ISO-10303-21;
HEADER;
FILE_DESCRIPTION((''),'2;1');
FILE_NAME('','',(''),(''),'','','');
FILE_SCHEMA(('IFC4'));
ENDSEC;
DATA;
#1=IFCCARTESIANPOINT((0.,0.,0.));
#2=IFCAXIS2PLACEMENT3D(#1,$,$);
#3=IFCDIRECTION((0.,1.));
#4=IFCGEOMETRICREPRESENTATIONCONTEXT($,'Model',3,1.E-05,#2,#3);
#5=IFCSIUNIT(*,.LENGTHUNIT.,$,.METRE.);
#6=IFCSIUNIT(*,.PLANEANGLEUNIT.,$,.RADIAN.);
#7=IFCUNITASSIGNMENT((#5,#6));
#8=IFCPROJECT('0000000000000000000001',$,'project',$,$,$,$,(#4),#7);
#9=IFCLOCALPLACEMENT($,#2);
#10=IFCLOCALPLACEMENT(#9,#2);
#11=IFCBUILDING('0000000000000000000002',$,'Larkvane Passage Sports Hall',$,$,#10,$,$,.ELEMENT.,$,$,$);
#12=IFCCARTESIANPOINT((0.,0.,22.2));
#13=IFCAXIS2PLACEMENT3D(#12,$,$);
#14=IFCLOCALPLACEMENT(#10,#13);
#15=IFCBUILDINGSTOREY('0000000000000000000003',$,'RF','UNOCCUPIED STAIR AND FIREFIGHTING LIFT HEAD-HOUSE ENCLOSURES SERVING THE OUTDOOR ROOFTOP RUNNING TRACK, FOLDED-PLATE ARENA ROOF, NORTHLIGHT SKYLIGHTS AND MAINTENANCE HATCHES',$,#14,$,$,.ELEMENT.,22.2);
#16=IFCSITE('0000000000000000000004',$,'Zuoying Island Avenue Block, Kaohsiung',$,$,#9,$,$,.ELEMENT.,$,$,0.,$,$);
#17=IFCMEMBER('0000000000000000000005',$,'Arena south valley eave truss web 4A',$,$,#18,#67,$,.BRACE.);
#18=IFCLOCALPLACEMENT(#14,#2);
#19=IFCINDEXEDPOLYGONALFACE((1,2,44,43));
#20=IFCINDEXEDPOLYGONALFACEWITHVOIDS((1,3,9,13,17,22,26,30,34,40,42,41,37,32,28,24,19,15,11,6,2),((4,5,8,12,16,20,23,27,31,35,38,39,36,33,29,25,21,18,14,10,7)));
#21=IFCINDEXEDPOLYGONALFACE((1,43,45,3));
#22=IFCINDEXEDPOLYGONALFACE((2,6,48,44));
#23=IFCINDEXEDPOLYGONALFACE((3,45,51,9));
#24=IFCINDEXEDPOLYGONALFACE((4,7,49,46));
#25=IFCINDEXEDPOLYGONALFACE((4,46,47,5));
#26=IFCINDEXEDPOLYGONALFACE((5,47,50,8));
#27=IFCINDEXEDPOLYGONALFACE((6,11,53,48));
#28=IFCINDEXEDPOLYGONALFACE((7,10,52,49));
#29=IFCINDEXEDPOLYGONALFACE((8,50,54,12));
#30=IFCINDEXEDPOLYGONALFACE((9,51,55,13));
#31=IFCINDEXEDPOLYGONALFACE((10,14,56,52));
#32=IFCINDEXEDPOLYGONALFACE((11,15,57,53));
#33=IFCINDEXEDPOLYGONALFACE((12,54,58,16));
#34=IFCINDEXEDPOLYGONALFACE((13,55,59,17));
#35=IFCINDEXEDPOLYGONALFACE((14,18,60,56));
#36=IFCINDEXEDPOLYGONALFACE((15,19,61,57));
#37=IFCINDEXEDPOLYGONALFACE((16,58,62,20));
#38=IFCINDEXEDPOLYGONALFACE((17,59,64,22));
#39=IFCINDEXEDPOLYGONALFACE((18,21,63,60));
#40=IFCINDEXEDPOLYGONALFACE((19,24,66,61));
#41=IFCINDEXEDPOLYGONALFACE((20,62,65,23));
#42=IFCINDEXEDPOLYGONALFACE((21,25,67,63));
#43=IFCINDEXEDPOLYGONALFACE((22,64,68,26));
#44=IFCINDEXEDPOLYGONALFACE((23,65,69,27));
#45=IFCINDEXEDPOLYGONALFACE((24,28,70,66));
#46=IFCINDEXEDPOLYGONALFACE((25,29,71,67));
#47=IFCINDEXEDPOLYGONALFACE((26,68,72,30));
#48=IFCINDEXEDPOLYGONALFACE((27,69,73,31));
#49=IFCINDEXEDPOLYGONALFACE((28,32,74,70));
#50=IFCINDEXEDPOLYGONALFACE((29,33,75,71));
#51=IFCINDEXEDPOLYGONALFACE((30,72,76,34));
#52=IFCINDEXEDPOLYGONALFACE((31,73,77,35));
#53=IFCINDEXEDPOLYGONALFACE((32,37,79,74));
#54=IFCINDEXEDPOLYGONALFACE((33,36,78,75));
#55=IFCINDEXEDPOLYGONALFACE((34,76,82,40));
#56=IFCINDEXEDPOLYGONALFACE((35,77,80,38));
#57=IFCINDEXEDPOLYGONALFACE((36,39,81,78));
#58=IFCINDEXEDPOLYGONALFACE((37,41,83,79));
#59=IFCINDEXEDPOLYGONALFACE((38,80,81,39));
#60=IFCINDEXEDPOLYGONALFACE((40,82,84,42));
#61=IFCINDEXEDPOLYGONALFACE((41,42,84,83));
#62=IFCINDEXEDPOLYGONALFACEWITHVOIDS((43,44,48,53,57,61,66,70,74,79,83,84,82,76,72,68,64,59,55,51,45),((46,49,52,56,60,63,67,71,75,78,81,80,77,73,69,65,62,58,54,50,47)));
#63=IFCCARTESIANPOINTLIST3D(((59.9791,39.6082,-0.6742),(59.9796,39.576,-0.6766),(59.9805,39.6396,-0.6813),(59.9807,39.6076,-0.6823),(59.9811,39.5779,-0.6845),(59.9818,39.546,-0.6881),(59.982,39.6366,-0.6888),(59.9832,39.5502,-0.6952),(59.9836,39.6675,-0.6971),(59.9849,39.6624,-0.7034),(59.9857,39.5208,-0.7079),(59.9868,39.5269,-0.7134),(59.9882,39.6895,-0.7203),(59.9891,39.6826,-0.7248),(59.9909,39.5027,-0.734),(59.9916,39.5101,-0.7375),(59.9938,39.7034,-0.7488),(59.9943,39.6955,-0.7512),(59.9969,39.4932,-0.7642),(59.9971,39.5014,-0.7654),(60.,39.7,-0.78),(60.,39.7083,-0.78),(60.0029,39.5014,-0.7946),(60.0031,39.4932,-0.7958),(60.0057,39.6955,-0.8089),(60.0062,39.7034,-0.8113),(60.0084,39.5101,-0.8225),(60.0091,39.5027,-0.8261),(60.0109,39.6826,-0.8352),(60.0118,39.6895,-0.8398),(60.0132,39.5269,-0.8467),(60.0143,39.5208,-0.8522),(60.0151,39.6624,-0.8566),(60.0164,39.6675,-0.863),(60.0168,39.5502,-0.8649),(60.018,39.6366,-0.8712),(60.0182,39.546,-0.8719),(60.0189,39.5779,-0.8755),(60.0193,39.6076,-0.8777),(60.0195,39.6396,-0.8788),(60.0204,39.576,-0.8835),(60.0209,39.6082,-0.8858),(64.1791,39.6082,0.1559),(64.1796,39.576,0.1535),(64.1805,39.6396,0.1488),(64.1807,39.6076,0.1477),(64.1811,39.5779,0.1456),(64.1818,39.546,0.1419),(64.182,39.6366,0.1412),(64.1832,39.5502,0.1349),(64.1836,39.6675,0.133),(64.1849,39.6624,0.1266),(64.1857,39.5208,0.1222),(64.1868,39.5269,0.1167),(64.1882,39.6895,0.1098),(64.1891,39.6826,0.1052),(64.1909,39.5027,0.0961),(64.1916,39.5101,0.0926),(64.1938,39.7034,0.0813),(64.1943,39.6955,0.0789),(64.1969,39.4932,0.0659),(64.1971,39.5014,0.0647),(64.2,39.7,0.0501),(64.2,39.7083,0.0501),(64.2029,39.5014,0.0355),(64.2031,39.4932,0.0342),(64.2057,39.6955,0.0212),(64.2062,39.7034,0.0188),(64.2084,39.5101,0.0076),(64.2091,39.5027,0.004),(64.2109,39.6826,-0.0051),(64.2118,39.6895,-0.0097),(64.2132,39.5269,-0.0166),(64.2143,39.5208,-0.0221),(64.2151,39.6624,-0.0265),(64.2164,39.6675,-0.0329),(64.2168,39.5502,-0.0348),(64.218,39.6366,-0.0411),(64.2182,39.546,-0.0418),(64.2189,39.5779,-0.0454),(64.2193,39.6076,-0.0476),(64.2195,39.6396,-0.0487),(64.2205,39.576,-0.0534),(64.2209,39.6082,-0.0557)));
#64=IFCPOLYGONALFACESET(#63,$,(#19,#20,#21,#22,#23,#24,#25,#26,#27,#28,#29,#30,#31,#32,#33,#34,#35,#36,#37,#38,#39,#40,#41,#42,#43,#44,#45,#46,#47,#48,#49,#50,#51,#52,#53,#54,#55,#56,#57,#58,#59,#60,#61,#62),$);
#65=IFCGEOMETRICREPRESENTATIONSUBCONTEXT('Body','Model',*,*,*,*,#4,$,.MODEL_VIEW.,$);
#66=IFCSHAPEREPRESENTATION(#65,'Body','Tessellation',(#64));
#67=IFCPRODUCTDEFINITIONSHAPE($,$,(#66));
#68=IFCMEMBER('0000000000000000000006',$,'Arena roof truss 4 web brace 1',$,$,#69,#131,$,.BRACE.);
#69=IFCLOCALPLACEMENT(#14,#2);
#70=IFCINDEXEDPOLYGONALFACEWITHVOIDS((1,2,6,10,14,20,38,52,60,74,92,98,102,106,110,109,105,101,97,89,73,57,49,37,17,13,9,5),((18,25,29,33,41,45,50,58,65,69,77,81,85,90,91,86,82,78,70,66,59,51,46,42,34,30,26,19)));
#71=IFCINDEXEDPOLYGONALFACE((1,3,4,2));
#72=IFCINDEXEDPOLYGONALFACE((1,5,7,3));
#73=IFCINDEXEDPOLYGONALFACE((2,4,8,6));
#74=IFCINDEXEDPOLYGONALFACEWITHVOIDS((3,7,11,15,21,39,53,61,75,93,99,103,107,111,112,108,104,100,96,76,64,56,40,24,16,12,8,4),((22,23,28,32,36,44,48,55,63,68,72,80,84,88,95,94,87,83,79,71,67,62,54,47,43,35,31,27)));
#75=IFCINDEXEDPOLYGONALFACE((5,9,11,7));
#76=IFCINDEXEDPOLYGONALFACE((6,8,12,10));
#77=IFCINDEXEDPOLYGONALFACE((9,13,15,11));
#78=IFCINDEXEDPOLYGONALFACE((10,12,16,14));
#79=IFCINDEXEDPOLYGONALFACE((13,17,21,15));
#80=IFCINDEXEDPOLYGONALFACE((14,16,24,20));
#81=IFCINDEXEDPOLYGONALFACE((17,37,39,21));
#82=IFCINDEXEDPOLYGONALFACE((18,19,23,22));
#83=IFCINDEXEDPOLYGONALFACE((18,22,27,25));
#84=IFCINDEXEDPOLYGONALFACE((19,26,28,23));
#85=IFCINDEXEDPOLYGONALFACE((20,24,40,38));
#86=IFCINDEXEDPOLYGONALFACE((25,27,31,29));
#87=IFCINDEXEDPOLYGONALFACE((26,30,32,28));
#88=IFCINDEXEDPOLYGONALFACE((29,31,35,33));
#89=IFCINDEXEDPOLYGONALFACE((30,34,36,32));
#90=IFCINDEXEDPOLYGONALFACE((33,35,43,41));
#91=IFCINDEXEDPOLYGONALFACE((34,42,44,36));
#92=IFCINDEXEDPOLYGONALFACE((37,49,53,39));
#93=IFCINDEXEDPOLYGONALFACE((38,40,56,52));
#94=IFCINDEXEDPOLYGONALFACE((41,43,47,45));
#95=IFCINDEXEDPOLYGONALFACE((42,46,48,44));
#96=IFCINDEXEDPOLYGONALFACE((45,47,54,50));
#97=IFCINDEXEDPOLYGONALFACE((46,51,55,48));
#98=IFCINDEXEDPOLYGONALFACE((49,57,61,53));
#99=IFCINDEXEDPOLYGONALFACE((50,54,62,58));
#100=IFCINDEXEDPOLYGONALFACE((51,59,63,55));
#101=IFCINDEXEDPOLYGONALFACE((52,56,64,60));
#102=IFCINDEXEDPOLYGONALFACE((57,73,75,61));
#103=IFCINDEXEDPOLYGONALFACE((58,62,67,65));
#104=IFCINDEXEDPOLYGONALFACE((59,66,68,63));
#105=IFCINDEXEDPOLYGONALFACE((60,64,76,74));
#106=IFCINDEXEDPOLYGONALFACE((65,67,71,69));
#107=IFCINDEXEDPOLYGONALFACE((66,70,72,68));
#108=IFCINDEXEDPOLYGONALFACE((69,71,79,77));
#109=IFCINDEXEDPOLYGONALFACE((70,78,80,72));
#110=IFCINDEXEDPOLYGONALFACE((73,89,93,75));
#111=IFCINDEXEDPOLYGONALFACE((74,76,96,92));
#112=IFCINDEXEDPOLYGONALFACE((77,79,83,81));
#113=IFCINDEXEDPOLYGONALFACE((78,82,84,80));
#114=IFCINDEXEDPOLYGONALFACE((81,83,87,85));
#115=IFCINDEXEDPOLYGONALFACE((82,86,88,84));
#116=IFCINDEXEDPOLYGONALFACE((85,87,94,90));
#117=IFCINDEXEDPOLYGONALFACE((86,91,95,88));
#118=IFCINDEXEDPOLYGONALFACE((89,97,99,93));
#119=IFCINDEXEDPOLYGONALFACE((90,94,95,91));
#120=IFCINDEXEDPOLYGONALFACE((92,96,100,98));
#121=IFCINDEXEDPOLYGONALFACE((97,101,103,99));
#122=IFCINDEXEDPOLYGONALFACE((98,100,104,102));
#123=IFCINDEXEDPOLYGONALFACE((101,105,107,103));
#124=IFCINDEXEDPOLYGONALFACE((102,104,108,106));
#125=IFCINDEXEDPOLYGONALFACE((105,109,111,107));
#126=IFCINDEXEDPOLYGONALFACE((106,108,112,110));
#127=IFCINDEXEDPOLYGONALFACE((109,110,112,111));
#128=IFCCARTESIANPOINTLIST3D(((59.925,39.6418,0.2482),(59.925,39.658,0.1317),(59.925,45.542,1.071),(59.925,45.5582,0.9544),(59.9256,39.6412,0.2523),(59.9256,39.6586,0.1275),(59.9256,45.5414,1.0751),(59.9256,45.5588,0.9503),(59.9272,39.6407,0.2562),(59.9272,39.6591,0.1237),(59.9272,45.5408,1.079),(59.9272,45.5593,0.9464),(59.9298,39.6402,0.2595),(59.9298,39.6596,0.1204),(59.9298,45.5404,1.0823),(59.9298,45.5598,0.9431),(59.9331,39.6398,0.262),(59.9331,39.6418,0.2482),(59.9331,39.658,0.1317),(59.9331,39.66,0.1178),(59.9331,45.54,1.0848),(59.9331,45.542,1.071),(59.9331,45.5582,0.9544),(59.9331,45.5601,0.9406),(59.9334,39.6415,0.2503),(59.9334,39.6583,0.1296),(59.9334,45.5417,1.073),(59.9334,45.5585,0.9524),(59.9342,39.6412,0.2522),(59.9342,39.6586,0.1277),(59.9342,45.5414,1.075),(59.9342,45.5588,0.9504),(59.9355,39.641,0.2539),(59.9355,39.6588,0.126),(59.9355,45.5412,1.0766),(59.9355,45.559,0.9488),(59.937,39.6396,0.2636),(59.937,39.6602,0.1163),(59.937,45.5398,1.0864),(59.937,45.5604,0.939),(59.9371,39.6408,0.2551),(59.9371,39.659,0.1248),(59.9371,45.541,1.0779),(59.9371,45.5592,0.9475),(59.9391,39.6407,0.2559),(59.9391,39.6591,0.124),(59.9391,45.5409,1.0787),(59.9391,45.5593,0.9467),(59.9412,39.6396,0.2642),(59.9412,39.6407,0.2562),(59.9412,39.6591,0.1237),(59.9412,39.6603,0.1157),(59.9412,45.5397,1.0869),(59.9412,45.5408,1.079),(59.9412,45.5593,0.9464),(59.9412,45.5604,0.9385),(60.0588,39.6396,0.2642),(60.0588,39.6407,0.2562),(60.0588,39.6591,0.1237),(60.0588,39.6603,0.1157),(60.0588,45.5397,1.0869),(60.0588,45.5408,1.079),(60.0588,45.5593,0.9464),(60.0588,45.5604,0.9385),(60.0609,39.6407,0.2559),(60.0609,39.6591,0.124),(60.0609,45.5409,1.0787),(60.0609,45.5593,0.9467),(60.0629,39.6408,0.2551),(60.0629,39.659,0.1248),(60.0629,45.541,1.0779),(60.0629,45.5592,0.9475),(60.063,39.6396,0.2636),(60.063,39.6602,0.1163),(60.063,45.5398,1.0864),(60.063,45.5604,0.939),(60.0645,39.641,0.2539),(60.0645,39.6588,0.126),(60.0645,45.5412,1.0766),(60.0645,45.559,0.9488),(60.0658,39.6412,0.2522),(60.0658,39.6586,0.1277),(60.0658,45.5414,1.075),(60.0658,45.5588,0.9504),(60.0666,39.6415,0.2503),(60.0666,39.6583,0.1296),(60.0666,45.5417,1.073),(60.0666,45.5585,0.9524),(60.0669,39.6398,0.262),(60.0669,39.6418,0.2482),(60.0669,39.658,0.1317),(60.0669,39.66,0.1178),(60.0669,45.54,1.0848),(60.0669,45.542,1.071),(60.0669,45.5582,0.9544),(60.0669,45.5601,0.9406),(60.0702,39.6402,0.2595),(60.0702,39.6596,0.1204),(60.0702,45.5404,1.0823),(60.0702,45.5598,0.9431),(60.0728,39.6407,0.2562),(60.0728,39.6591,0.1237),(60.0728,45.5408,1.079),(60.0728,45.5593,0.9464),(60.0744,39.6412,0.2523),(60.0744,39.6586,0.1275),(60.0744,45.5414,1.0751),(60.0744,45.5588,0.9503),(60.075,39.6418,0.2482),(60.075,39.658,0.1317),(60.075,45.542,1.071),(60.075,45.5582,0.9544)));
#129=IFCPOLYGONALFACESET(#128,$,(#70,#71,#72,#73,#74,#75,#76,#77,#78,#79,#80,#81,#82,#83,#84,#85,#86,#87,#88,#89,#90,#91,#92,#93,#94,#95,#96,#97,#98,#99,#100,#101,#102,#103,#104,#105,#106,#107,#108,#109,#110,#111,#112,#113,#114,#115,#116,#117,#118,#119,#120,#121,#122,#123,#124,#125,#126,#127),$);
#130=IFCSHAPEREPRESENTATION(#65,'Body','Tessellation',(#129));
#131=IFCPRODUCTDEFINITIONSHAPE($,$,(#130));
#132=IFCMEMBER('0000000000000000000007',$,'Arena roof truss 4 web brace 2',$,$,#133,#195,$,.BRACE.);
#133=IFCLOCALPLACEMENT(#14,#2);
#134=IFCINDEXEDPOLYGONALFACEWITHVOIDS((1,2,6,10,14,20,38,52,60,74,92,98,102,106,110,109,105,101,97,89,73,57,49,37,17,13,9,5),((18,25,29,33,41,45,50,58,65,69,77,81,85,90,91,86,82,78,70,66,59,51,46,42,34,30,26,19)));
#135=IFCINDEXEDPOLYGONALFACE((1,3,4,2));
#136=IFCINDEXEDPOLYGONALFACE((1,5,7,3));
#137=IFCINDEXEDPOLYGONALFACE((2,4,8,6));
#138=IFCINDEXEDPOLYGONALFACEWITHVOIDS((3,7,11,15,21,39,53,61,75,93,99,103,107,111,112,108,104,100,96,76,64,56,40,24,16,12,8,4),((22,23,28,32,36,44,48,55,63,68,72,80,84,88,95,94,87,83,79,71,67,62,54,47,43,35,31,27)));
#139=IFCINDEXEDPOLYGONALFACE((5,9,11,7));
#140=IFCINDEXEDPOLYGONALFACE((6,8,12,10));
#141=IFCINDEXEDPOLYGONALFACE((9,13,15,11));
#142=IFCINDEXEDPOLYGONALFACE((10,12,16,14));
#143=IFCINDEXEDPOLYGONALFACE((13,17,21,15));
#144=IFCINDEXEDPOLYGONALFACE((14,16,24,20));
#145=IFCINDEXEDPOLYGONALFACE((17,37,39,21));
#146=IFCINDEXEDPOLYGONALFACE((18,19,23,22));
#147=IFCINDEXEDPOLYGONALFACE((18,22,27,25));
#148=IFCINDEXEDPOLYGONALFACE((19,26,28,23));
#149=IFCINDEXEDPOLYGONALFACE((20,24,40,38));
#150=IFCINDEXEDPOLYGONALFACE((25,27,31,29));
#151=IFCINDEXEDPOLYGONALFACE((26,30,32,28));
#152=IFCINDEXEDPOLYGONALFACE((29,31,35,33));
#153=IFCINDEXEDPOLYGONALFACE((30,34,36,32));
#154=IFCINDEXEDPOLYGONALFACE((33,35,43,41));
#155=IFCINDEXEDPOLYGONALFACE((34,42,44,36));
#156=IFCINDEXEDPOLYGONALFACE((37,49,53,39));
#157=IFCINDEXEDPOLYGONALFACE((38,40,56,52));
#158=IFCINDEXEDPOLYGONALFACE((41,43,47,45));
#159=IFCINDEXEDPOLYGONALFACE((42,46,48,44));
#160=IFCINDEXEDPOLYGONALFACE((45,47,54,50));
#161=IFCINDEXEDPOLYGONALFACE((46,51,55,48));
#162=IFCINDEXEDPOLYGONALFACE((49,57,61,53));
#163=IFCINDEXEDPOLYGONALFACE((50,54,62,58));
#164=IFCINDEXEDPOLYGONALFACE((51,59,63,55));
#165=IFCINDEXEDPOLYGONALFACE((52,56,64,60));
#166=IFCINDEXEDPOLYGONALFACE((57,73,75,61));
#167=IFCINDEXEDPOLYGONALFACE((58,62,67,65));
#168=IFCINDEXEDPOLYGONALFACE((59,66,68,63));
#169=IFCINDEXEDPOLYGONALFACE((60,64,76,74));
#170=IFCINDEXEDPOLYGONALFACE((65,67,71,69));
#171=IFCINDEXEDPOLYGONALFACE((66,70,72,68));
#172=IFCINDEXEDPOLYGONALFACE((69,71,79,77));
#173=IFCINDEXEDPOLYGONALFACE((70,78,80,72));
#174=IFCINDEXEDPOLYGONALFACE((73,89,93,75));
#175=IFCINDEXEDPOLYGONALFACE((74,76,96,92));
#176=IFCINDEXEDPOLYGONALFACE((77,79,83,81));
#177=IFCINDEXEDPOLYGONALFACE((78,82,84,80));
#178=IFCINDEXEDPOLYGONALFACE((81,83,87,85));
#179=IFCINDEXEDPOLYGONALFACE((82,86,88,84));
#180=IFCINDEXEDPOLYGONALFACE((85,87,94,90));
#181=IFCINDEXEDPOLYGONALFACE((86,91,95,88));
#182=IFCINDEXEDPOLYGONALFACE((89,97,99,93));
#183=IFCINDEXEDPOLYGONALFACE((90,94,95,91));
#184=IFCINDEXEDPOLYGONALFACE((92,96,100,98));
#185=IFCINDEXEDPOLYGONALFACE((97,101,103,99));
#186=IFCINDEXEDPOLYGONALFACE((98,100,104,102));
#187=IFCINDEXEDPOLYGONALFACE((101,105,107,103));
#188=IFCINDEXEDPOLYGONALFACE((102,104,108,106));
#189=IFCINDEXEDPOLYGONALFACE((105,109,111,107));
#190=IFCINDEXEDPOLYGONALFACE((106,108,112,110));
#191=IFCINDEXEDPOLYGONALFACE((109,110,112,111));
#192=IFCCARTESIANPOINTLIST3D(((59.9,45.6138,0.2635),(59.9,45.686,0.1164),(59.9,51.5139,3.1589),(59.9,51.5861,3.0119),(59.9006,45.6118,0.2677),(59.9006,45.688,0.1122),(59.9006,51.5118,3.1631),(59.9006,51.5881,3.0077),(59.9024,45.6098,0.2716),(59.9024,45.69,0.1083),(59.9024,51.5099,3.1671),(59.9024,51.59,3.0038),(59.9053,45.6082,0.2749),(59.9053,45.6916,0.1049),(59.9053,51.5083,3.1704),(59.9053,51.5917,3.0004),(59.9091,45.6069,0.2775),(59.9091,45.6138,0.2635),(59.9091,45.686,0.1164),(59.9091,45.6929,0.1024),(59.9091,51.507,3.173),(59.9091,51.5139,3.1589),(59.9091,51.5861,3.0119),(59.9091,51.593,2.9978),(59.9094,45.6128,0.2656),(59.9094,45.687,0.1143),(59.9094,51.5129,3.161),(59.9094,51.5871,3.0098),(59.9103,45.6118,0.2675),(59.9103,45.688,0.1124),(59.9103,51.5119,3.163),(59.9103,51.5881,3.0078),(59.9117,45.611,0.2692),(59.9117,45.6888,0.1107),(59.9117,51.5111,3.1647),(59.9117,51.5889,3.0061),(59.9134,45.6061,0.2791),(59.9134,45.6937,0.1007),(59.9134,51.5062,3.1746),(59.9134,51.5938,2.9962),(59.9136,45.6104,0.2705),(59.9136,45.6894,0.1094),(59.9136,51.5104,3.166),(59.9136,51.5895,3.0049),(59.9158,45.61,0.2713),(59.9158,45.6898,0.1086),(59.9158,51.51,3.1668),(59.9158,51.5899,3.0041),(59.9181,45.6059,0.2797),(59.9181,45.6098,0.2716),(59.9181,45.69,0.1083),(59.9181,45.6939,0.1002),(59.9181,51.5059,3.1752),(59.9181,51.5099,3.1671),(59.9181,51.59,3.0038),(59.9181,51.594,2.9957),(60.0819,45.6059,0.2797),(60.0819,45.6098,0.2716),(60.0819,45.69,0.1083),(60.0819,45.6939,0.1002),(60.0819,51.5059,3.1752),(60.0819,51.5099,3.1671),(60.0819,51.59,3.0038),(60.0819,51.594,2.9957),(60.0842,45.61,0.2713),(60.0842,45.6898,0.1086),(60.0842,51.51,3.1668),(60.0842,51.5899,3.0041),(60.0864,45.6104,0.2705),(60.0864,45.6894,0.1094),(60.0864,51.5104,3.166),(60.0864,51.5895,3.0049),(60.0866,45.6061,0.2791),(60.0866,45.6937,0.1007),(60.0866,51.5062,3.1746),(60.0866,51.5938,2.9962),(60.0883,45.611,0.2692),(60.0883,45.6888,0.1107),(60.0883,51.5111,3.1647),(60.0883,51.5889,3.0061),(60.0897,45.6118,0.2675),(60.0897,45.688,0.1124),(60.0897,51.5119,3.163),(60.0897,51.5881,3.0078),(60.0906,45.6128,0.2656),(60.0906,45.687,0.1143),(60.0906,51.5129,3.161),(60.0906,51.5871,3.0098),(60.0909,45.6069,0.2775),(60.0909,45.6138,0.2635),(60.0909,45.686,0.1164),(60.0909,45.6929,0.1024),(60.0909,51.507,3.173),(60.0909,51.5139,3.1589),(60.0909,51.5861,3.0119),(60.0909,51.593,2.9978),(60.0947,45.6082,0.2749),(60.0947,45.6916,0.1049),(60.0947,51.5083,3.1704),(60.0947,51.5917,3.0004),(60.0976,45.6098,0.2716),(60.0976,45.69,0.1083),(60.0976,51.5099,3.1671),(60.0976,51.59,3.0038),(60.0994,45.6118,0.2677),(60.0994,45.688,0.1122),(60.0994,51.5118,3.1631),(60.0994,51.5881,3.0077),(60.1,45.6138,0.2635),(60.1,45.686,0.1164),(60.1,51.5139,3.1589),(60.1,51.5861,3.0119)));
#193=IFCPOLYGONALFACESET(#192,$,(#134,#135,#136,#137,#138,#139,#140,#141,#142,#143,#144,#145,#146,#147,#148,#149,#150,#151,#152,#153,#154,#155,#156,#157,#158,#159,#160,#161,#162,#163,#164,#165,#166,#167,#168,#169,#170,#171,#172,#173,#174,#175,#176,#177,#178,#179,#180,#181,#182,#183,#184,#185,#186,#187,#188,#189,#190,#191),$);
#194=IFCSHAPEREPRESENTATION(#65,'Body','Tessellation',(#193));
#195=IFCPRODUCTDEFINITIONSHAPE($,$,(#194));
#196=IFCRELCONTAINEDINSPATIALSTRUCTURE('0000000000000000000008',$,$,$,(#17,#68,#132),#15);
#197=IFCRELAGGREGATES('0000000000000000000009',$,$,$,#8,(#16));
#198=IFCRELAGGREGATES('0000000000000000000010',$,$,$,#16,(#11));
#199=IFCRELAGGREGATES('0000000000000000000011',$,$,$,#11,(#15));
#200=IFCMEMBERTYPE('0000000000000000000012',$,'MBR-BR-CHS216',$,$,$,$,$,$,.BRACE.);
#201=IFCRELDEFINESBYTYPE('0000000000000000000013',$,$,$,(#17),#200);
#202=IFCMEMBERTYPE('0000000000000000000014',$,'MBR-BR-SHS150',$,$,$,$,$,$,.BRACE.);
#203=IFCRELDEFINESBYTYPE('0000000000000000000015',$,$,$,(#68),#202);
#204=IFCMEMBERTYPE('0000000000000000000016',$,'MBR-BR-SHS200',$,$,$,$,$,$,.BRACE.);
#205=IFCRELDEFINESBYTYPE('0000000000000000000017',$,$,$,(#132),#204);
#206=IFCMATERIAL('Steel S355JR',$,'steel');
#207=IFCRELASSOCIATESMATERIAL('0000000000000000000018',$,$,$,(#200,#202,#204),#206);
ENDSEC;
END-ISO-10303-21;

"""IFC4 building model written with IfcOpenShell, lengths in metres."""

from ifc_helpers import new_model, si_unit, direction, frame, origin, origin_2d, place, context, subcontext, project, spatial, hollow_rectangle, hollow_circle, extrude, material, material_profile, profile_set, type_object, element, save


model = new_model("IFC4")

# Units and contexts
model_context = context("Model", 3, precision=1e-05, world=origin(), true_north=direction((0.0, 1.0)))
body_context = subcontext(model_context, "Body", "Model", "MODEL_VIEW")
ifc_project = project(units=[si_unit("LENGTHUNIT", "METRE"), si_unit("PLANEANGLEUNIT", "RADIAN")], contexts=[model_context])

# Site, building, storey
site_placement = place(None, origin())
site = spatial("IfcSite", under=ifc_project, at=site_placement, Name="Zuoying Island Avenue Block, Kaohsiung", CompositionType="ELEMENT", RefElevation=0.0)
building_placement = place(site_placement, origin())
building = spatial("IfcBuilding", under=site, at=building_placement, Name="Larkvane Passage Sports Hall", CompositionType="ELEMENT")
storey_placement = place(building_placement, frame((0.0, 0.0, 22.2)))
storey = spatial("IfcBuildingStorey", under=building, at=storey_placement, Name="RF", Description="UNOCCUPIED STAIR AND FIREFIGHTING LIFT HEAD-HOUSE ENCLOSURES SERVING THE OUTDOOR ROOFTOP RUNNING TRACK, FOLDED-PLATE ARENA ROOF, NORTHLIGHT SKYLIGHTS AND MAINTENANCE HATCHES", CompositionType="ELEMENT", Elevation=22.2)

# Members
ifc_material_1 = material(Name="Steel S355JR", Category="steel")
ifc_material_profile_1 = material_profile(ifc_material_1, hollow_circle(Radius=0.1082, WallThickness=0.0083, at=origin_2d()), Name="CHS-216.3x8.2")
ifc_profile_set_1 = profile_set([ifc_material_profile_1], Name="Steel S355JR")
member_type_1 = type_object("IfcMemberType", Name="MBR-BR-CHS216", PredefinedType="BRACE", material=ifc_profile_set_1)
member_1_placement = place(storey_placement, frame((60.0, 39.6001, -0.78), z_axis=(0.981023, 0.0, 0.193889), x_axis=(0.0, 1.0, 0.0)))
element("IfcMember", 1, at=member_1_placement, inside=storey, type_object=member_type_1, Name="Arena south valley eave truss web 4A", PredefinedType="BRACE", context=body_context, shape_type="SweptSolid", body=[
    extrude(hollow_circle(Radius=0.1082, WallThickness=0.0083, at=origin_2d()), origin(), (0.0, 0.0, 1.0), 4.2812),
])
ifc_material_profile_2 = material_profile(ifc_material_1, hollow_rectangle(XDim=0.1499, YDim=0.1499, WallThickness=0.0081, InnerFilletRadius=0.0081, OuterFilletRadius=0.0161, at=origin_2d()), Name="SHS-150x150x8")
ifc_profile_set_2 = profile_set([ifc_material_profile_2], Name="Steel S355JR")
member_type_2 = type_object("IfcMemberType", Name="MBR-BR-SHS150", PredefinedType="BRACE", material=ifc_profile_set_2)
member_2_placement = place(storey_placement, frame((60.0, 39.6499, 0.1899), z_axis=(0.0, 0.990417, 0.13811), x_axis=(-1.0, 0.0, 0.0)))
element("IfcMember", 2, at=member_2_placement, inside=storey, type_object=member_type_2, Name="Arena roof truss 4 web brace 1", PredefinedType="BRACE", context=body_context, shape_type="SweptSolid", body=[
    extrude(hollow_rectangle(XDim=0.1499, YDim=0.1499, WallThickness=0.0081, InnerFilletRadius=0.0081, OuterFilletRadius=0.0161, at=origin_2d()), origin(), (0.0, 0.0, 1.0), 5.9573),
])
ifc_material_profile_3 = material_profile(ifc_material_1, hollow_rectangle(XDim=0.2, YDim=0.2, WallThickness=0.009, InnerFilletRadius=0.009, OuterFilletRadius=0.0181, at=origin_2d()), Name="SHS-200x200x9")
ifc_profile_set_3 = profile_set([ifc_material_profile_3], Name="Steel S355JR")
member_type_3 = type_object("IfcMemberType", Name="MBR-BR-SHS200", PredefinedType="BRACE", material=ifc_profile_set_3)
member_3_placement = place(storey_placement, frame((60.0, 45.6499, 0.1899), z_axis=(0.0, 0.897723, 0.440559), x_axis=(-1.0, 0.0, 0.0)))
element("IfcMember", 3, at=member_3_placement, inside=storey, type_object=member_type_3, Name="Arena roof truss 4 web brace 2", PredefinedType="BRACE", context=body_context, shape_type="SweptSolid", body=[
    extrude(hollow_rectangle(XDim=0.2, YDim=0.2, WallThickness=0.009, InnerFilletRadius=0.009, OuterFilletRadius=0.0181, at=origin_2d()), origin(), (0.0, 0.0, 1.0), 6.5723),
])

save(model, "model.ifc")
